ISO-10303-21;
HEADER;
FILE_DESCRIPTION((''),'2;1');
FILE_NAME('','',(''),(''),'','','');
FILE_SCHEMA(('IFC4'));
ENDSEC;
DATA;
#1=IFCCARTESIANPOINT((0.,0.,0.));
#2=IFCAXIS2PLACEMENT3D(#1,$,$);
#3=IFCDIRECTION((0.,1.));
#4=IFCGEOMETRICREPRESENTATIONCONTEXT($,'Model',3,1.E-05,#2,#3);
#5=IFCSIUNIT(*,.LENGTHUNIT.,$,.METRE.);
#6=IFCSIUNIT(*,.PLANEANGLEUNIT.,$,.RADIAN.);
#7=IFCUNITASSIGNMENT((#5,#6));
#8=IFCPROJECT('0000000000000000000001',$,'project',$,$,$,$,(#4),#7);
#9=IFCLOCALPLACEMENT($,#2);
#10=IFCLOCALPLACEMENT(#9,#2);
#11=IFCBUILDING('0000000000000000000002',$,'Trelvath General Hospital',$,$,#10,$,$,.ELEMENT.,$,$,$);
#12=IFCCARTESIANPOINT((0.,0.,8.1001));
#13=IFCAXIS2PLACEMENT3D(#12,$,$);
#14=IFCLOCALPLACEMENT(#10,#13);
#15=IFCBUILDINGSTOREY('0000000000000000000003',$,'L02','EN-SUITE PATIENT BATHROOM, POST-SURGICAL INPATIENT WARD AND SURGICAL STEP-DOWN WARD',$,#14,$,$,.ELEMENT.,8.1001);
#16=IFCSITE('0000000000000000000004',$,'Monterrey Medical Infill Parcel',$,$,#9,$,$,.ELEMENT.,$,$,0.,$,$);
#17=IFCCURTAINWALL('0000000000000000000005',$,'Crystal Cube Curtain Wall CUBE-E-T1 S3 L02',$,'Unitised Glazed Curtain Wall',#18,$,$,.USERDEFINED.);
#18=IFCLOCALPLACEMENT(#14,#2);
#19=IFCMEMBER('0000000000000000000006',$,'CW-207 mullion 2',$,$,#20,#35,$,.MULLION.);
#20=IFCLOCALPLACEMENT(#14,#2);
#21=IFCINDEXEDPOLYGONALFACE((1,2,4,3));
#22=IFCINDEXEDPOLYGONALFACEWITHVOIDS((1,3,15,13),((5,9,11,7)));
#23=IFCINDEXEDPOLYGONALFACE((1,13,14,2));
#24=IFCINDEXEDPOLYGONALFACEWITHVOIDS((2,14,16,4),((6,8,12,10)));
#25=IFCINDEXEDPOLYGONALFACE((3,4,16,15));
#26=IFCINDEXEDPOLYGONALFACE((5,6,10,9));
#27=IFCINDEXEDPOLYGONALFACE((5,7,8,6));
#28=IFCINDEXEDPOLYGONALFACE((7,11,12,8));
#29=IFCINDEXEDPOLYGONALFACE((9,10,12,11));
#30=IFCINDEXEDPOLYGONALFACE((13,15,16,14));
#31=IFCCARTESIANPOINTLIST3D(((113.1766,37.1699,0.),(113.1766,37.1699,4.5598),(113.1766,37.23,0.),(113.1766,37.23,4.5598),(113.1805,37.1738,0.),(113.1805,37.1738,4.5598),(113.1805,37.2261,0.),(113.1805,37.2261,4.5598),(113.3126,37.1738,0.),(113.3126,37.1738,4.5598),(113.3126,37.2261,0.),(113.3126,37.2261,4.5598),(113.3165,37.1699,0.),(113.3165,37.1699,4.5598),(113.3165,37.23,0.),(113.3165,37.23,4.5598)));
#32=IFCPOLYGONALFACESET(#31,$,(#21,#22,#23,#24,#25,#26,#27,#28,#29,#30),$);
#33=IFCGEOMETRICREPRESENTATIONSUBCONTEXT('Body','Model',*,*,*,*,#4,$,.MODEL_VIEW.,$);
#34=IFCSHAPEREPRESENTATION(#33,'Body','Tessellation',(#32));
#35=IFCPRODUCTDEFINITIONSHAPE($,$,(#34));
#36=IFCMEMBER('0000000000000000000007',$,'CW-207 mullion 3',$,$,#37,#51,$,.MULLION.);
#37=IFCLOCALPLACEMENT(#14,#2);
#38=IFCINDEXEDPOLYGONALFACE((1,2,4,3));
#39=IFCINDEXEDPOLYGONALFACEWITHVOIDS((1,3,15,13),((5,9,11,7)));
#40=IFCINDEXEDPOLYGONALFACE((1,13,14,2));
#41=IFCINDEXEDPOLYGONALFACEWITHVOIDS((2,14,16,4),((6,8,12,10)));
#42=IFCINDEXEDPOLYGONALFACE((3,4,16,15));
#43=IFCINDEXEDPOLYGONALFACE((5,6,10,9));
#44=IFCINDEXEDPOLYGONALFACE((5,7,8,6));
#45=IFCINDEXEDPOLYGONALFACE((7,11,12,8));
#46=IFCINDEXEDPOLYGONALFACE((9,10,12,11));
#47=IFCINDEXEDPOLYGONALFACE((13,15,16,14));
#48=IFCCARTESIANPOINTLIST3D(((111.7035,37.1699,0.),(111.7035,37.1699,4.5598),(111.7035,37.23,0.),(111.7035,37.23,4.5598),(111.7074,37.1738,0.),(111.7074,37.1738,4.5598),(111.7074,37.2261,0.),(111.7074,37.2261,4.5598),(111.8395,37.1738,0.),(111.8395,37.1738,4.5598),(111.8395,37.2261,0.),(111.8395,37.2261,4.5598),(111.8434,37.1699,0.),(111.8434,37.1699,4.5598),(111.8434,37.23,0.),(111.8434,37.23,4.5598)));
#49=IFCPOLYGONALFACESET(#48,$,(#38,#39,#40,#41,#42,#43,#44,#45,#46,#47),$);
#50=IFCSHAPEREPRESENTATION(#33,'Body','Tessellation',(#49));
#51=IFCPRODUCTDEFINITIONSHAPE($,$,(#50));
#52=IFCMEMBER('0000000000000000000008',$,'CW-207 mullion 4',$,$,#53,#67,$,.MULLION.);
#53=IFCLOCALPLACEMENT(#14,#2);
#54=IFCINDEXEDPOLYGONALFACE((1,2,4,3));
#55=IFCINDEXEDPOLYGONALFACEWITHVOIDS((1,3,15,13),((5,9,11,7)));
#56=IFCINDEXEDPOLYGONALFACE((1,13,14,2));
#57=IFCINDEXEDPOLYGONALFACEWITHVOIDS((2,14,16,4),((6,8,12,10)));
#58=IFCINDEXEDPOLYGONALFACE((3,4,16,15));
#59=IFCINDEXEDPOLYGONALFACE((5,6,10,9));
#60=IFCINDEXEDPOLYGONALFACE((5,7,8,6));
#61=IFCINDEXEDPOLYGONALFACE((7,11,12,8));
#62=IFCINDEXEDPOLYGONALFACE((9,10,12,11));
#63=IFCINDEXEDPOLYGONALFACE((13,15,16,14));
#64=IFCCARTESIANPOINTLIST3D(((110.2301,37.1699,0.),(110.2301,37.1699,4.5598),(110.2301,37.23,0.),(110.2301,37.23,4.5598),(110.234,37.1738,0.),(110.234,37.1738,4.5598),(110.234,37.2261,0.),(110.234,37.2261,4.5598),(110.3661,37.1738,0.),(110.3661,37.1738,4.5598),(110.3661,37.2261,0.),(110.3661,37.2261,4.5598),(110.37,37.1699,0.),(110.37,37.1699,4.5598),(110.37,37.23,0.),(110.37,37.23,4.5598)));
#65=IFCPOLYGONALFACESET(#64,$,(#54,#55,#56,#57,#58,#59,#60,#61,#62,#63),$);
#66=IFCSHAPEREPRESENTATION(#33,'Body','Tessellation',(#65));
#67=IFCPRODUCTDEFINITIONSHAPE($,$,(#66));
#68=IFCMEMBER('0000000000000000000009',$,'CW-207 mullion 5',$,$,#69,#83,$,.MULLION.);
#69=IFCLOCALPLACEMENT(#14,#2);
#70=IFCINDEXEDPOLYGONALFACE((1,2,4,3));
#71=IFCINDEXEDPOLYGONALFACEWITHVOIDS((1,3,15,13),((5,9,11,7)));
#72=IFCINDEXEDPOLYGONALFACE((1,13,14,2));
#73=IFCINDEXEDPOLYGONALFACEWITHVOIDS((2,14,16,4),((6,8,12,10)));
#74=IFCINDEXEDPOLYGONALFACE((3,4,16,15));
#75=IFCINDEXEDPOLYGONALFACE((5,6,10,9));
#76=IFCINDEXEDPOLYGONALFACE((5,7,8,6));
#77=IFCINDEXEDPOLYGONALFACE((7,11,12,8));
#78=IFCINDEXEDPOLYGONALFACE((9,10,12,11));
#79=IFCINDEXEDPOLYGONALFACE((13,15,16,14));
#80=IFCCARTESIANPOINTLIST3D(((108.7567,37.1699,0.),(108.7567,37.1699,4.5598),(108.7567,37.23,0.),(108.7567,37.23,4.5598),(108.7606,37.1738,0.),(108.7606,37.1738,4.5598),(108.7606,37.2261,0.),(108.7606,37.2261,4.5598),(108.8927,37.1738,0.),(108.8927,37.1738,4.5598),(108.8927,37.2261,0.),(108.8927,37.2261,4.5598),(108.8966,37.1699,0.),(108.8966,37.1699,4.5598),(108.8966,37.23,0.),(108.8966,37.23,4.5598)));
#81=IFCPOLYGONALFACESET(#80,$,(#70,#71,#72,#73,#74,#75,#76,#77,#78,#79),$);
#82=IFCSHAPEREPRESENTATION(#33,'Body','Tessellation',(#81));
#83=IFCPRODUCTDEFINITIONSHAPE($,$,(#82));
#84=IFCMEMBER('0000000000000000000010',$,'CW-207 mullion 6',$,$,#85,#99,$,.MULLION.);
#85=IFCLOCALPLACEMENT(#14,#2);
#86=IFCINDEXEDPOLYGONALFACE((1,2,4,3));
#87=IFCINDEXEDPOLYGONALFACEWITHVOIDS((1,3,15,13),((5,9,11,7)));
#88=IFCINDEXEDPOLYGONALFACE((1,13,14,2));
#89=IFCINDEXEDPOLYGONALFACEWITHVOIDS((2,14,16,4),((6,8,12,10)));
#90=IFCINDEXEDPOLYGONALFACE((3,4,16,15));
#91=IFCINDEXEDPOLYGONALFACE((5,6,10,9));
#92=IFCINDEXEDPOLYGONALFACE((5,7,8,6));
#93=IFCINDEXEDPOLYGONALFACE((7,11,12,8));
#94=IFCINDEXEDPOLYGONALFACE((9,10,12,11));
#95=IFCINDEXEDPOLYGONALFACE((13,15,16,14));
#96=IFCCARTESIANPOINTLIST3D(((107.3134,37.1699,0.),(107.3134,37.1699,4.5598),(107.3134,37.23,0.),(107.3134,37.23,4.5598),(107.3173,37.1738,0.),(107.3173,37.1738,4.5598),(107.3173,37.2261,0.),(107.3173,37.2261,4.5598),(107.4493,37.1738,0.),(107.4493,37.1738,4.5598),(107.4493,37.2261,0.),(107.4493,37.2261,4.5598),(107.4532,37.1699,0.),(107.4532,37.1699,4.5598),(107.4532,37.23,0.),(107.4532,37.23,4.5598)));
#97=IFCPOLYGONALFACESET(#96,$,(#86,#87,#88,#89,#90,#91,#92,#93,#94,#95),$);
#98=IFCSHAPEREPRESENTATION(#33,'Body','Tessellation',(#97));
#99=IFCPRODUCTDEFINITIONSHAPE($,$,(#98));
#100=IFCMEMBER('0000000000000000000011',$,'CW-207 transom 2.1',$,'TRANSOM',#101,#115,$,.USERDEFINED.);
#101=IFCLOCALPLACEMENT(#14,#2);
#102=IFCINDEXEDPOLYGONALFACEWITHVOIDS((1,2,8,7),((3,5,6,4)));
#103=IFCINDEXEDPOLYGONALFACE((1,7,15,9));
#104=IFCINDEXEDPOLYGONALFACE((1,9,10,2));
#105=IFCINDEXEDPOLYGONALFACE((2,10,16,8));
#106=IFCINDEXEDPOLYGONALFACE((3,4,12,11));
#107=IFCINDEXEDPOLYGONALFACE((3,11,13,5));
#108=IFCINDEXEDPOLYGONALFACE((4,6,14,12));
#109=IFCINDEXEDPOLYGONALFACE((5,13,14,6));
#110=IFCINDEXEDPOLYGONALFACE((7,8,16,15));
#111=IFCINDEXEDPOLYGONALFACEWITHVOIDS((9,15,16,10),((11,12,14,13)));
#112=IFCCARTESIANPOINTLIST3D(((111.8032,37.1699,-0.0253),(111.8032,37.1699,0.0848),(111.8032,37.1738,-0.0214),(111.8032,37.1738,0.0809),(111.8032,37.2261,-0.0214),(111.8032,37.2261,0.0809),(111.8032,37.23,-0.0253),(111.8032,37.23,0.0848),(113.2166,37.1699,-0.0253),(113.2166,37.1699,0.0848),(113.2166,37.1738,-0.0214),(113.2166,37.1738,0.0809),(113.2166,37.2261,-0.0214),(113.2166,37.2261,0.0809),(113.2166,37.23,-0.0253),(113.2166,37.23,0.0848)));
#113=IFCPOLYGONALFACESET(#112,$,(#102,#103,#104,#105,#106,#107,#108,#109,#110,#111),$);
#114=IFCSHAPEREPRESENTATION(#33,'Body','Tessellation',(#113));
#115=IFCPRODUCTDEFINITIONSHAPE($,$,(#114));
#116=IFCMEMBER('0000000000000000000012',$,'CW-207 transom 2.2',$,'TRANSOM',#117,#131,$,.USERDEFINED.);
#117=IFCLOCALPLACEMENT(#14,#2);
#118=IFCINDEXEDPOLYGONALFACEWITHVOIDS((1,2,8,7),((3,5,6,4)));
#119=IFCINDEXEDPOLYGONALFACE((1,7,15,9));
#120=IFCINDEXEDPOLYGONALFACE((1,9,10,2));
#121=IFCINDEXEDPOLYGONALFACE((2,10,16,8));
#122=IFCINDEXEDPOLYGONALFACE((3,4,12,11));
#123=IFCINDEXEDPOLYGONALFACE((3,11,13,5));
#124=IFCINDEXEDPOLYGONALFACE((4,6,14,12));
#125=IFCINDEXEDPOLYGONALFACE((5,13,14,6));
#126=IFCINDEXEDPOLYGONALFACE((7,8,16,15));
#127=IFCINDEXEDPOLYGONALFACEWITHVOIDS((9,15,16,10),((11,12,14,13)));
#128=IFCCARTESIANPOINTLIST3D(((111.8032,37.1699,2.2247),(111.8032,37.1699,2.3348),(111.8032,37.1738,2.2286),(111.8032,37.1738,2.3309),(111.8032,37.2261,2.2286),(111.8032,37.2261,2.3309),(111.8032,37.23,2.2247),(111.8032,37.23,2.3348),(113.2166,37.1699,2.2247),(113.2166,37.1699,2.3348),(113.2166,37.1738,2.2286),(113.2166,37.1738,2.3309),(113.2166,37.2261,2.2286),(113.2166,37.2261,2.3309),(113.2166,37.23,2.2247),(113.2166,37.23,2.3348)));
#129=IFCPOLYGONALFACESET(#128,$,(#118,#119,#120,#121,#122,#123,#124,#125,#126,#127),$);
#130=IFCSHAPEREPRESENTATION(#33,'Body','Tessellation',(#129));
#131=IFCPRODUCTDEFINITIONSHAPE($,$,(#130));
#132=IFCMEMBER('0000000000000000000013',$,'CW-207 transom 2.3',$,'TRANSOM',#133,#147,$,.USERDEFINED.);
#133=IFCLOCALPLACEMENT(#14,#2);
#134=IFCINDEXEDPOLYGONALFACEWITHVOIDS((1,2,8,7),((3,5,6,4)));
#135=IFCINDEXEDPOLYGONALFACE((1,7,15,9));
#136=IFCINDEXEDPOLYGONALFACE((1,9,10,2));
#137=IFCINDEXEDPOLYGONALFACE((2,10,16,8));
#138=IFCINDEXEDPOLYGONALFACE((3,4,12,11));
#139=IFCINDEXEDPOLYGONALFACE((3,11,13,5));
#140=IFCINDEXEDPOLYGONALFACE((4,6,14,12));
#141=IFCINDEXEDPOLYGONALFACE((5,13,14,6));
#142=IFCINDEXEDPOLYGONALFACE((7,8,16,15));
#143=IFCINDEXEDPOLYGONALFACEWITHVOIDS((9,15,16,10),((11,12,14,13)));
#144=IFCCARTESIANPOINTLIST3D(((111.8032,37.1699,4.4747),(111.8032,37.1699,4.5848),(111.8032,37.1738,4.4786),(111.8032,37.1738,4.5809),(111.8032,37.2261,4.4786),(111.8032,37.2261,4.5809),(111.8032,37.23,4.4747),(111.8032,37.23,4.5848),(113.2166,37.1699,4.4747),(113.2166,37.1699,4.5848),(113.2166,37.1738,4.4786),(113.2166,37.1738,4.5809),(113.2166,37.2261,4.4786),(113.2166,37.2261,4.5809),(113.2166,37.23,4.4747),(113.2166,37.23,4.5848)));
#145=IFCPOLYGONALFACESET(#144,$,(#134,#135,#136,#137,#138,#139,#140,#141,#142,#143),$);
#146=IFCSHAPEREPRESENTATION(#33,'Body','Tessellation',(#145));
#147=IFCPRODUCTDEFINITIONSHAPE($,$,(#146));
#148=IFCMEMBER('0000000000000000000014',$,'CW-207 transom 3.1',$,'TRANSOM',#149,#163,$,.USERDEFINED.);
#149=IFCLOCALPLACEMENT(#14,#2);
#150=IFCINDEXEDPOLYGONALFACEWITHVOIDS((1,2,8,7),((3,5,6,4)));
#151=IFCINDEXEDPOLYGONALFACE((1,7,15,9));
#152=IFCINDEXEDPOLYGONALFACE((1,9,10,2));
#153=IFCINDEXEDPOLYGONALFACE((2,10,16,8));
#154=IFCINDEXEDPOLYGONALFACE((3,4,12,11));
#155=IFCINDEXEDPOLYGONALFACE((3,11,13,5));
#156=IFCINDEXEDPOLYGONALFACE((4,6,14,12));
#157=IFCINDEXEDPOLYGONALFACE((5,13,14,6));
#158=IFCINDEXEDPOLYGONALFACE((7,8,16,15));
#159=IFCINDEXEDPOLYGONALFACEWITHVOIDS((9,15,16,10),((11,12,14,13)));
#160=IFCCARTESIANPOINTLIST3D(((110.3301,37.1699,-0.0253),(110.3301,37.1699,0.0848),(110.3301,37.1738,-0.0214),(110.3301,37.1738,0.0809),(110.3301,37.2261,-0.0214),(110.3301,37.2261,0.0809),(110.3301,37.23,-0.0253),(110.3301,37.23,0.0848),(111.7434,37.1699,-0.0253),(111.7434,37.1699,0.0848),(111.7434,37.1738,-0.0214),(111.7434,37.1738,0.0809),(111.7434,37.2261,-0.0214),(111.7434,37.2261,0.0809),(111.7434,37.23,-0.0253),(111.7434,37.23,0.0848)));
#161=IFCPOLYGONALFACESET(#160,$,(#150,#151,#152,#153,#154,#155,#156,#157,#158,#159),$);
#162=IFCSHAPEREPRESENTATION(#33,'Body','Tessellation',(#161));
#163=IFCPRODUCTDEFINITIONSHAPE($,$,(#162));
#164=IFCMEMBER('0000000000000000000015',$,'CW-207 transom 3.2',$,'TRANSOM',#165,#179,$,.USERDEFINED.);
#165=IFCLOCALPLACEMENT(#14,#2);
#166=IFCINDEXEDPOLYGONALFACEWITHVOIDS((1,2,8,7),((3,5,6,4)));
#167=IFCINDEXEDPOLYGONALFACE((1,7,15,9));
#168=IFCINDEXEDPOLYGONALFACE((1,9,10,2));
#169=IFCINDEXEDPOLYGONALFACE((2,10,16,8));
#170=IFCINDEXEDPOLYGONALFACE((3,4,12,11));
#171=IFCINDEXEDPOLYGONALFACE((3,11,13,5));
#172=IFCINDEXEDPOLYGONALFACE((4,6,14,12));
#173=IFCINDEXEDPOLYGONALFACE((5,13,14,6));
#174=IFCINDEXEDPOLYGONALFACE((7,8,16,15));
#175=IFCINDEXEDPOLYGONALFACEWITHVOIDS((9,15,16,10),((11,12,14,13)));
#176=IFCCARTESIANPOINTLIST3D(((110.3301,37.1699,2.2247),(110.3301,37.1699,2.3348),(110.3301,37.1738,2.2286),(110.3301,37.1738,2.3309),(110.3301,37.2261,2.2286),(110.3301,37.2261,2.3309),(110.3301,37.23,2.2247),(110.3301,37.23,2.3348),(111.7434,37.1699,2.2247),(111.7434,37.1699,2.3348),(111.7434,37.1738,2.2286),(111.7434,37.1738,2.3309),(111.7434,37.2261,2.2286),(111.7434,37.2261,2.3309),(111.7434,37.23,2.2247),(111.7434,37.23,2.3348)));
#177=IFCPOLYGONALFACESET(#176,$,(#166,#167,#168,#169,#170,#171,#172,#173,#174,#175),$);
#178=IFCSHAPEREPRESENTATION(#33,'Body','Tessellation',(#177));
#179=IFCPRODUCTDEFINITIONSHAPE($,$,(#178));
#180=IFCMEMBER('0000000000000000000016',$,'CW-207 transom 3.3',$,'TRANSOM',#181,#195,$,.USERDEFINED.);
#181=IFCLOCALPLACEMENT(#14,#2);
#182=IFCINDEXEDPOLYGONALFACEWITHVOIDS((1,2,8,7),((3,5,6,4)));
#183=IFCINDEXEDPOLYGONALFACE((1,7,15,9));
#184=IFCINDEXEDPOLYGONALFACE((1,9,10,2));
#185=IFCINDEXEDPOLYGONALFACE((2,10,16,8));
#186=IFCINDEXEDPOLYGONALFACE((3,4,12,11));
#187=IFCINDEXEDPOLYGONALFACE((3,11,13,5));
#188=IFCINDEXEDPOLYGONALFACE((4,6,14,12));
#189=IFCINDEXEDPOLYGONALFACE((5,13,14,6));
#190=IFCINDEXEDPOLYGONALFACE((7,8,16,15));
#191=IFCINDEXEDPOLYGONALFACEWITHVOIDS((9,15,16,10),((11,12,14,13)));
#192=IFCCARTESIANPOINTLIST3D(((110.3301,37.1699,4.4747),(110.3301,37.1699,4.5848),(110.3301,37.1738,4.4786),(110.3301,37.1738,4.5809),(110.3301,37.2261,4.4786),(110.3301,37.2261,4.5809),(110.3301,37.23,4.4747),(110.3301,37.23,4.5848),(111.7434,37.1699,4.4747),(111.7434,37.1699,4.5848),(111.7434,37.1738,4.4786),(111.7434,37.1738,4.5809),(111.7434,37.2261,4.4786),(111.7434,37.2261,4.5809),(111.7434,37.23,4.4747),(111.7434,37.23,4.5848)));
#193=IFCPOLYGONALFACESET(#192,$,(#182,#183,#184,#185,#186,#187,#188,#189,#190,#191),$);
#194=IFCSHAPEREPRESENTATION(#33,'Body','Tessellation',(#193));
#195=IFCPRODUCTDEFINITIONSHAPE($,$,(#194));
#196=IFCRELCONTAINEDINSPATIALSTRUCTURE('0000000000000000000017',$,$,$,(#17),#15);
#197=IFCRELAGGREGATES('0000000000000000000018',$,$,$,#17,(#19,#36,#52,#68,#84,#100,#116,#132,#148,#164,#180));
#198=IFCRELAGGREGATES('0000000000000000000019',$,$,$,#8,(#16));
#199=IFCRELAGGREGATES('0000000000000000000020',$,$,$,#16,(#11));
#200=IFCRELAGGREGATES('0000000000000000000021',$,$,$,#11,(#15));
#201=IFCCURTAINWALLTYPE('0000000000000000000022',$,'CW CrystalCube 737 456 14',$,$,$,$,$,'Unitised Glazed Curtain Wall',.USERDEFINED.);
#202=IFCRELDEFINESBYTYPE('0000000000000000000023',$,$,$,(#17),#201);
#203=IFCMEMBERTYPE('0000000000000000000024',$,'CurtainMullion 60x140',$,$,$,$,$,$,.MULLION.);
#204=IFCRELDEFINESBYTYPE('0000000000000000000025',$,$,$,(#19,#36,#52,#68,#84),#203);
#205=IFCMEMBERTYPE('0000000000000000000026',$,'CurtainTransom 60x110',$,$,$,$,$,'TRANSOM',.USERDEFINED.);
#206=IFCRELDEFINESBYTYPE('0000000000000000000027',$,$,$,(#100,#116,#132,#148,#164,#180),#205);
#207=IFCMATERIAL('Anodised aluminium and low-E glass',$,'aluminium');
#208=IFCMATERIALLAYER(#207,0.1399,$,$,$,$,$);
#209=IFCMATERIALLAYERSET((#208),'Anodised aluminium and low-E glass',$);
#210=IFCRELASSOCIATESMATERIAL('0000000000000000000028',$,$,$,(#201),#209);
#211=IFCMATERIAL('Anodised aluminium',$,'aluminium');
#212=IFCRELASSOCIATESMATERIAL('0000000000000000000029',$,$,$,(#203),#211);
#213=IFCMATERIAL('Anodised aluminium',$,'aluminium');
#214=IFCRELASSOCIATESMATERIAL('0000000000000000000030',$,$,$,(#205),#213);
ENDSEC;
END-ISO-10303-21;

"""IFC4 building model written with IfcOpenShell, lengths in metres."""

from ifc_helpers import new_model, si_unit, direction, frame, origin, origin_2d, place, context, subcontext, project, spatial, hollow_rectangle, extrude, material, layer, layer_set, material_profile, profile_set, type_object, element, aggregate, save


model = new_model("IFC4")

# Units and contexts
model_context = context("Model", 3, precision=1e-05, world=origin(), true_north=direction((0.0, 1.0)))
body_context = subcontext(model_context, "Body", "Model", "MODEL_VIEW")
ifc_project = project(units=[si_unit("LENGTHUNIT", "METRE"), si_unit("PLANEANGLEUNIT", "RADIAN")], contexts=[model_context])

# Site, building, storey
site_placement = place(None, origin())
site = spatial("IfcSite", under=ifc_project, at=site_placement, Name="Monterrey Medical Infill Parcel", CompositionType="ELEMENT", RefElevation=0.0)
building_placement = place(site_placement, origin())
building = spatial("IfcBuilding", under=site, at=building_placement, Name="Trelvath General Hospital", CompositionType="ELEMENT")
storey_placement = place(building_placement, frame((0.0, 0.0, 8.1001)))
storey = spatial("IfcBuildingStorey", under=building, at=storey_placement, Name="L02", Description="EN-SUITE PATIENT BATHROOM, POST-SURGICAL INPATIENT WARD AND SURGICAL STEP-DOWN WARD", CompositionType="ELEMENT", Elevation=8.1001)

# Curtain wall, members
ifc_material_1 = material(Name="Anodised aluminium and low-E glass", Category="aluminium")
ifc_layer_1 = layer(ifc_material_1, 0.1399)
ifc_layer_set_1 = layer_set([ifc_layer_1], Name="Anodised aluminium and low-E glass")
curtain_wall_type = type_object("IfcCurtainWallType", Name="CW CrystalCube 737 456 14", ElementType="Unitised Glazed Curtain Wall", PredefinedType="USERDEFINED", material=ifc_layer_set_1)
curtain_wall_placement = place(storey_placement, origin())
curtain_wall = element("IfcCurtainWall", 1, at=curtain_wall_placement, inside=storey, type_object=curtain_wall_type, Name="Crystal Cube Curtain Wall CUBE-E-T1 S3 L02", ObjectType="Unitised Glazed Curtain Wall", PredefinedType="USERDEFINED")
ifc_material_2 = material(Name="Anodised aluminium", Category="aluminium")
ifc_material_profile_1 = material_profile(ifc_material_2, hollow_rectangle(XDim=0.0601, YDim=0.1399, WallThickness=0.0039, at=origin_2d()), Name="RHS60x140x4")
ifc_profile_set_1 = profile_set([ifc_material_profile_1], Name="Anodised aluminium")
member_type_1 = type_object("IfcMemberType", Name="CurtainMullion 60x140", PredefinedType="MULLION", material=ifc_profile_set_1)
member_1_placement = place(storey_placement, frame((113.2466, 37.2, 0.0), z_axis=(0.0, 0.0, 1.0), x_axis=(0.0, -1.0, 0.0)))
member_1 = element("IfcMember", 2, at=member_1_placement, type_object=member_type_1, Name="CW-207 mullion 2", PredefinedType="MULLION", context=body_context, shape_type="SweptSolid", body=[
    extrude(hollow_rectangle(XDim=0.0601, YDim=0.1399, WallThickness=0.0039, at=origin_2d()), origin(), (0.0, 0.0, 1.0), 4.5598),
])
member_2_placement = place(storey_placement, frame((111.7734, 37.2, 0.0), z_axis=(0.0, 0.0, 1.0), x_axis=(0.0, -1.0, 0.0)))
member_2 = element("IfcMember", 3, at=member_2_placement, type_object=member_type_1, Name="CW-207 mullion 3", PredefinedType="MULLION", context=body_context, shape_type="SweptSolid", body=[
    extrude(hollow_rectangle(XDim=0.0601, YDim=0.1399, WallThickness=0.0039, at=origin_2d()), origin(), (0.0, 0.0, 1.0), 4.5598),
])
member_3_placement = place(storey_placement, frame((110.3, 37.2, 0.0), z_axis=(0.0, 0.0, 1.0), x_axis=(0.0, -1.0, 0.0)))
member_3 = element("IfcMember", 4, at=member_3_placement, type_object=member_type_1, Name="CW-207 mullion 4", PredefinedType="MULLION", context=body_context, shape_type="SweptSolid", body=[
    extrude(hollow_rectangle(XDim=0.0601, YDim=0.1399, WallThickness=0.0039, at=origin_2d()), origin(), (0.0, 0.0, 1.0), 4.5598),
])
member_4_placement = place(storey_placement, frame((108.8267, 37.2, 0.0), z_axis=(0.0, 0.0, 1.0), x_axis=(0.0, -1.0, 0.0)))
member_4 = element("IfcMember", 5, at=member_4_placement, type_object=member_type_1, Name="CW-207 mullion 5", PredefinedType="MULLION", context=body_context, shape_type="SweptSolid", body=[
    extrude(hollow_rectangle(XDim=0.0601, YDim=0.1399, WallThickness=0.0039, at=origin_2d()), origin(), (0.0, 0.0, 1.0), 4.5598),
])
member_5_placement = place(storey_placement, frame((107.3833, 37.2, 0.0), z_axis=(0.0, 0.0, 1.0), x_axis=(0.0, -1.0, 0.0)))
member_5 = element("IfcMember", 6, at=member_5_placement, type_object=member_type_1, Name="CW-207 mullion 6", PredefinedType="MULLION", context=body_context, shape_type="SweptSolid", body=[
    extrude(hollow_rectangle(XDim=0.0601, YDim=0.1399, WallThickness=0.0039, at=origin_2d()), origin(), (0.0, 0.0, 1.0), 4.5598),
])
ifc_material_3 = material(Name="Anodised aluminium", Category="aluminium")
ifc_material_profile_2 = material_profile(ifc_material_3, hollow_rectangle(XDim=0.0601, YDim=0.1101, WallThickness=0.0039, at=origin_2d()), Name="RHS60x110x4")
ifc_profile_set_2 = profile_set([ifc_material_profile_2], Name="Anodised aluminium")
member_type_2 = type_object("IfcMemberType", Name="CurtainTransom 60x110", ElementType="TRANSOM", PredefinedType="USERDEFINED", material=ifc_profile_set_2)
member_6_placement = place(storey_placement, frame((113.2166, 37.2, 0.0298), z_axis=(-1.0, 0.0, 0.0), x_axis=(0.0, -1.0, 0.0)))
member_6 = element("IfcMember", 7, at=member_6_placement, type_object=member_type_2, Name="CW-207 transom 2.1", ObjectType="TRANSOM", PredefinedType="USERDEFINED", context=body_context, shape_type="SweptSolid", body=[
    extrude(hollow_rectangle(XDim=0.0601, YDim=0.1101, WallThickness=0.0039, at=origin_2d()), origin(), (0.0, 0.0, 1.0), 1.4133),
])
member_7_placement = place(storey_placement, frame((113.2166, 37.2, 2.2798), z_axis=(-1.0, 0.0, 0.0), x_axis=(0.0, -1.0, 0.0)))
member_7 = element("IfcMember", 8, at=member_7_placement, type_object=member_type_2, Name="CW-207 transom 2.2", ObjectType="TRANSOM", PredefinedType="USERDEFINED", context=body_context, shape_type="SweptSolid", body=[
    extrude(hollow_rectangle(XDim=0.0601, YDim=0.1101, WallThickness=0.0039, at=origin_2d()), origin(), (0.0, 0.0, 1.0), 1.4133),
])
member_8_placement = place(storey_placement, frame((113.2166, 37.2, 4.5298), z_axis=(-1.0, 0.0, 0.0), x_axis=(0.0, -1.0, 0.0)))
member_8 = element("IfcMember", 9, at=member_8_placement, type_object=member_type_2, Name="CW-207 transom 2.3", ObjectType="TRANSOM", PredefinedType="USERDEFINED", context=body_context, shape_type="SweptSolid", body=[
    extrude(hollow_rectangle(XDim=0.0601, YDim=0.1101, WallThickness=0.0039, at=origin_2d()), origin(), (0.0, 0.0, 1.0), 1.4133),
])
member_9_placement = place(storey_placement, frame((111.7434, 37.2, 0.0298), z_axis=(-1.0, 0.0, 0.0), x_axis=(0.0, -1.0, 0.0)))
member_9 = element("IfcMember", 10, at=member_9_placement, type_object=member_type_2, Name="CW-207 transom 3.1", ObjectType="TRANSOM", PredefinedType="USERDEFINED", context=body_context, shape_type="SweptSolid", body=[
    extrude(hollow_rectangle(XDim=0.0601, YDim=0.1101, WallThickness=0.0039, at=origin_2d()), origin(), (0.0, 0.0, 1.0), 1.4133),
])
member_10_placement = place(storey_placement, frame((111.7434, 37.2, 2.2798), z_axis=(-1.0, 0.0, 0.0), x_axis=(0.0, -1.0, 0.0)))
member_10 = element("IfcMember", 11, at=member_10_placement, type_object=member_type_2, Name="CW-207 transom 3.2", ObjectType="TRANSOM", PredefinedType="USERDEFINED", context=body_context, shape_type="SweptSolid", body=[
    extrude(hollow_rectangle(XDim=0.0601, YDim=0.1101, WallThickness=0.0039, at=origin_2d()), origin(), (0.0, 0.0, 1.0), 1.4133),
])
member_11_placement = place(storey_placement, frame((111.7434, 37.2, 4.5298), z_axis=(-1.0, 0.0, 0.0), x_axis=(0.0, -1.0, 0.0)))
member_11 = element("IfcMember", 12, at=member_11_placement, type_object=member_type_2, Name="CW-207 transom 3.3", ObjectType="TRANSOM", PredefinedType="USERDEFINED", context=body_context, shape_type="SweptSolid", body=[
    extrude(hollow_rectangle(XDim=0.0601, YDim=0.1101, WallThickness=0.0039, at=origin_2d()), origin(), (0.0, 0.0, 1.0), 1.4133),
])
aggregate(curtain_wall, [member_1, member_2, member_3, member_4, member_5, member_6, member_7, member_8, member_9, member_10, member_11])

save(model, "model.ifc")
